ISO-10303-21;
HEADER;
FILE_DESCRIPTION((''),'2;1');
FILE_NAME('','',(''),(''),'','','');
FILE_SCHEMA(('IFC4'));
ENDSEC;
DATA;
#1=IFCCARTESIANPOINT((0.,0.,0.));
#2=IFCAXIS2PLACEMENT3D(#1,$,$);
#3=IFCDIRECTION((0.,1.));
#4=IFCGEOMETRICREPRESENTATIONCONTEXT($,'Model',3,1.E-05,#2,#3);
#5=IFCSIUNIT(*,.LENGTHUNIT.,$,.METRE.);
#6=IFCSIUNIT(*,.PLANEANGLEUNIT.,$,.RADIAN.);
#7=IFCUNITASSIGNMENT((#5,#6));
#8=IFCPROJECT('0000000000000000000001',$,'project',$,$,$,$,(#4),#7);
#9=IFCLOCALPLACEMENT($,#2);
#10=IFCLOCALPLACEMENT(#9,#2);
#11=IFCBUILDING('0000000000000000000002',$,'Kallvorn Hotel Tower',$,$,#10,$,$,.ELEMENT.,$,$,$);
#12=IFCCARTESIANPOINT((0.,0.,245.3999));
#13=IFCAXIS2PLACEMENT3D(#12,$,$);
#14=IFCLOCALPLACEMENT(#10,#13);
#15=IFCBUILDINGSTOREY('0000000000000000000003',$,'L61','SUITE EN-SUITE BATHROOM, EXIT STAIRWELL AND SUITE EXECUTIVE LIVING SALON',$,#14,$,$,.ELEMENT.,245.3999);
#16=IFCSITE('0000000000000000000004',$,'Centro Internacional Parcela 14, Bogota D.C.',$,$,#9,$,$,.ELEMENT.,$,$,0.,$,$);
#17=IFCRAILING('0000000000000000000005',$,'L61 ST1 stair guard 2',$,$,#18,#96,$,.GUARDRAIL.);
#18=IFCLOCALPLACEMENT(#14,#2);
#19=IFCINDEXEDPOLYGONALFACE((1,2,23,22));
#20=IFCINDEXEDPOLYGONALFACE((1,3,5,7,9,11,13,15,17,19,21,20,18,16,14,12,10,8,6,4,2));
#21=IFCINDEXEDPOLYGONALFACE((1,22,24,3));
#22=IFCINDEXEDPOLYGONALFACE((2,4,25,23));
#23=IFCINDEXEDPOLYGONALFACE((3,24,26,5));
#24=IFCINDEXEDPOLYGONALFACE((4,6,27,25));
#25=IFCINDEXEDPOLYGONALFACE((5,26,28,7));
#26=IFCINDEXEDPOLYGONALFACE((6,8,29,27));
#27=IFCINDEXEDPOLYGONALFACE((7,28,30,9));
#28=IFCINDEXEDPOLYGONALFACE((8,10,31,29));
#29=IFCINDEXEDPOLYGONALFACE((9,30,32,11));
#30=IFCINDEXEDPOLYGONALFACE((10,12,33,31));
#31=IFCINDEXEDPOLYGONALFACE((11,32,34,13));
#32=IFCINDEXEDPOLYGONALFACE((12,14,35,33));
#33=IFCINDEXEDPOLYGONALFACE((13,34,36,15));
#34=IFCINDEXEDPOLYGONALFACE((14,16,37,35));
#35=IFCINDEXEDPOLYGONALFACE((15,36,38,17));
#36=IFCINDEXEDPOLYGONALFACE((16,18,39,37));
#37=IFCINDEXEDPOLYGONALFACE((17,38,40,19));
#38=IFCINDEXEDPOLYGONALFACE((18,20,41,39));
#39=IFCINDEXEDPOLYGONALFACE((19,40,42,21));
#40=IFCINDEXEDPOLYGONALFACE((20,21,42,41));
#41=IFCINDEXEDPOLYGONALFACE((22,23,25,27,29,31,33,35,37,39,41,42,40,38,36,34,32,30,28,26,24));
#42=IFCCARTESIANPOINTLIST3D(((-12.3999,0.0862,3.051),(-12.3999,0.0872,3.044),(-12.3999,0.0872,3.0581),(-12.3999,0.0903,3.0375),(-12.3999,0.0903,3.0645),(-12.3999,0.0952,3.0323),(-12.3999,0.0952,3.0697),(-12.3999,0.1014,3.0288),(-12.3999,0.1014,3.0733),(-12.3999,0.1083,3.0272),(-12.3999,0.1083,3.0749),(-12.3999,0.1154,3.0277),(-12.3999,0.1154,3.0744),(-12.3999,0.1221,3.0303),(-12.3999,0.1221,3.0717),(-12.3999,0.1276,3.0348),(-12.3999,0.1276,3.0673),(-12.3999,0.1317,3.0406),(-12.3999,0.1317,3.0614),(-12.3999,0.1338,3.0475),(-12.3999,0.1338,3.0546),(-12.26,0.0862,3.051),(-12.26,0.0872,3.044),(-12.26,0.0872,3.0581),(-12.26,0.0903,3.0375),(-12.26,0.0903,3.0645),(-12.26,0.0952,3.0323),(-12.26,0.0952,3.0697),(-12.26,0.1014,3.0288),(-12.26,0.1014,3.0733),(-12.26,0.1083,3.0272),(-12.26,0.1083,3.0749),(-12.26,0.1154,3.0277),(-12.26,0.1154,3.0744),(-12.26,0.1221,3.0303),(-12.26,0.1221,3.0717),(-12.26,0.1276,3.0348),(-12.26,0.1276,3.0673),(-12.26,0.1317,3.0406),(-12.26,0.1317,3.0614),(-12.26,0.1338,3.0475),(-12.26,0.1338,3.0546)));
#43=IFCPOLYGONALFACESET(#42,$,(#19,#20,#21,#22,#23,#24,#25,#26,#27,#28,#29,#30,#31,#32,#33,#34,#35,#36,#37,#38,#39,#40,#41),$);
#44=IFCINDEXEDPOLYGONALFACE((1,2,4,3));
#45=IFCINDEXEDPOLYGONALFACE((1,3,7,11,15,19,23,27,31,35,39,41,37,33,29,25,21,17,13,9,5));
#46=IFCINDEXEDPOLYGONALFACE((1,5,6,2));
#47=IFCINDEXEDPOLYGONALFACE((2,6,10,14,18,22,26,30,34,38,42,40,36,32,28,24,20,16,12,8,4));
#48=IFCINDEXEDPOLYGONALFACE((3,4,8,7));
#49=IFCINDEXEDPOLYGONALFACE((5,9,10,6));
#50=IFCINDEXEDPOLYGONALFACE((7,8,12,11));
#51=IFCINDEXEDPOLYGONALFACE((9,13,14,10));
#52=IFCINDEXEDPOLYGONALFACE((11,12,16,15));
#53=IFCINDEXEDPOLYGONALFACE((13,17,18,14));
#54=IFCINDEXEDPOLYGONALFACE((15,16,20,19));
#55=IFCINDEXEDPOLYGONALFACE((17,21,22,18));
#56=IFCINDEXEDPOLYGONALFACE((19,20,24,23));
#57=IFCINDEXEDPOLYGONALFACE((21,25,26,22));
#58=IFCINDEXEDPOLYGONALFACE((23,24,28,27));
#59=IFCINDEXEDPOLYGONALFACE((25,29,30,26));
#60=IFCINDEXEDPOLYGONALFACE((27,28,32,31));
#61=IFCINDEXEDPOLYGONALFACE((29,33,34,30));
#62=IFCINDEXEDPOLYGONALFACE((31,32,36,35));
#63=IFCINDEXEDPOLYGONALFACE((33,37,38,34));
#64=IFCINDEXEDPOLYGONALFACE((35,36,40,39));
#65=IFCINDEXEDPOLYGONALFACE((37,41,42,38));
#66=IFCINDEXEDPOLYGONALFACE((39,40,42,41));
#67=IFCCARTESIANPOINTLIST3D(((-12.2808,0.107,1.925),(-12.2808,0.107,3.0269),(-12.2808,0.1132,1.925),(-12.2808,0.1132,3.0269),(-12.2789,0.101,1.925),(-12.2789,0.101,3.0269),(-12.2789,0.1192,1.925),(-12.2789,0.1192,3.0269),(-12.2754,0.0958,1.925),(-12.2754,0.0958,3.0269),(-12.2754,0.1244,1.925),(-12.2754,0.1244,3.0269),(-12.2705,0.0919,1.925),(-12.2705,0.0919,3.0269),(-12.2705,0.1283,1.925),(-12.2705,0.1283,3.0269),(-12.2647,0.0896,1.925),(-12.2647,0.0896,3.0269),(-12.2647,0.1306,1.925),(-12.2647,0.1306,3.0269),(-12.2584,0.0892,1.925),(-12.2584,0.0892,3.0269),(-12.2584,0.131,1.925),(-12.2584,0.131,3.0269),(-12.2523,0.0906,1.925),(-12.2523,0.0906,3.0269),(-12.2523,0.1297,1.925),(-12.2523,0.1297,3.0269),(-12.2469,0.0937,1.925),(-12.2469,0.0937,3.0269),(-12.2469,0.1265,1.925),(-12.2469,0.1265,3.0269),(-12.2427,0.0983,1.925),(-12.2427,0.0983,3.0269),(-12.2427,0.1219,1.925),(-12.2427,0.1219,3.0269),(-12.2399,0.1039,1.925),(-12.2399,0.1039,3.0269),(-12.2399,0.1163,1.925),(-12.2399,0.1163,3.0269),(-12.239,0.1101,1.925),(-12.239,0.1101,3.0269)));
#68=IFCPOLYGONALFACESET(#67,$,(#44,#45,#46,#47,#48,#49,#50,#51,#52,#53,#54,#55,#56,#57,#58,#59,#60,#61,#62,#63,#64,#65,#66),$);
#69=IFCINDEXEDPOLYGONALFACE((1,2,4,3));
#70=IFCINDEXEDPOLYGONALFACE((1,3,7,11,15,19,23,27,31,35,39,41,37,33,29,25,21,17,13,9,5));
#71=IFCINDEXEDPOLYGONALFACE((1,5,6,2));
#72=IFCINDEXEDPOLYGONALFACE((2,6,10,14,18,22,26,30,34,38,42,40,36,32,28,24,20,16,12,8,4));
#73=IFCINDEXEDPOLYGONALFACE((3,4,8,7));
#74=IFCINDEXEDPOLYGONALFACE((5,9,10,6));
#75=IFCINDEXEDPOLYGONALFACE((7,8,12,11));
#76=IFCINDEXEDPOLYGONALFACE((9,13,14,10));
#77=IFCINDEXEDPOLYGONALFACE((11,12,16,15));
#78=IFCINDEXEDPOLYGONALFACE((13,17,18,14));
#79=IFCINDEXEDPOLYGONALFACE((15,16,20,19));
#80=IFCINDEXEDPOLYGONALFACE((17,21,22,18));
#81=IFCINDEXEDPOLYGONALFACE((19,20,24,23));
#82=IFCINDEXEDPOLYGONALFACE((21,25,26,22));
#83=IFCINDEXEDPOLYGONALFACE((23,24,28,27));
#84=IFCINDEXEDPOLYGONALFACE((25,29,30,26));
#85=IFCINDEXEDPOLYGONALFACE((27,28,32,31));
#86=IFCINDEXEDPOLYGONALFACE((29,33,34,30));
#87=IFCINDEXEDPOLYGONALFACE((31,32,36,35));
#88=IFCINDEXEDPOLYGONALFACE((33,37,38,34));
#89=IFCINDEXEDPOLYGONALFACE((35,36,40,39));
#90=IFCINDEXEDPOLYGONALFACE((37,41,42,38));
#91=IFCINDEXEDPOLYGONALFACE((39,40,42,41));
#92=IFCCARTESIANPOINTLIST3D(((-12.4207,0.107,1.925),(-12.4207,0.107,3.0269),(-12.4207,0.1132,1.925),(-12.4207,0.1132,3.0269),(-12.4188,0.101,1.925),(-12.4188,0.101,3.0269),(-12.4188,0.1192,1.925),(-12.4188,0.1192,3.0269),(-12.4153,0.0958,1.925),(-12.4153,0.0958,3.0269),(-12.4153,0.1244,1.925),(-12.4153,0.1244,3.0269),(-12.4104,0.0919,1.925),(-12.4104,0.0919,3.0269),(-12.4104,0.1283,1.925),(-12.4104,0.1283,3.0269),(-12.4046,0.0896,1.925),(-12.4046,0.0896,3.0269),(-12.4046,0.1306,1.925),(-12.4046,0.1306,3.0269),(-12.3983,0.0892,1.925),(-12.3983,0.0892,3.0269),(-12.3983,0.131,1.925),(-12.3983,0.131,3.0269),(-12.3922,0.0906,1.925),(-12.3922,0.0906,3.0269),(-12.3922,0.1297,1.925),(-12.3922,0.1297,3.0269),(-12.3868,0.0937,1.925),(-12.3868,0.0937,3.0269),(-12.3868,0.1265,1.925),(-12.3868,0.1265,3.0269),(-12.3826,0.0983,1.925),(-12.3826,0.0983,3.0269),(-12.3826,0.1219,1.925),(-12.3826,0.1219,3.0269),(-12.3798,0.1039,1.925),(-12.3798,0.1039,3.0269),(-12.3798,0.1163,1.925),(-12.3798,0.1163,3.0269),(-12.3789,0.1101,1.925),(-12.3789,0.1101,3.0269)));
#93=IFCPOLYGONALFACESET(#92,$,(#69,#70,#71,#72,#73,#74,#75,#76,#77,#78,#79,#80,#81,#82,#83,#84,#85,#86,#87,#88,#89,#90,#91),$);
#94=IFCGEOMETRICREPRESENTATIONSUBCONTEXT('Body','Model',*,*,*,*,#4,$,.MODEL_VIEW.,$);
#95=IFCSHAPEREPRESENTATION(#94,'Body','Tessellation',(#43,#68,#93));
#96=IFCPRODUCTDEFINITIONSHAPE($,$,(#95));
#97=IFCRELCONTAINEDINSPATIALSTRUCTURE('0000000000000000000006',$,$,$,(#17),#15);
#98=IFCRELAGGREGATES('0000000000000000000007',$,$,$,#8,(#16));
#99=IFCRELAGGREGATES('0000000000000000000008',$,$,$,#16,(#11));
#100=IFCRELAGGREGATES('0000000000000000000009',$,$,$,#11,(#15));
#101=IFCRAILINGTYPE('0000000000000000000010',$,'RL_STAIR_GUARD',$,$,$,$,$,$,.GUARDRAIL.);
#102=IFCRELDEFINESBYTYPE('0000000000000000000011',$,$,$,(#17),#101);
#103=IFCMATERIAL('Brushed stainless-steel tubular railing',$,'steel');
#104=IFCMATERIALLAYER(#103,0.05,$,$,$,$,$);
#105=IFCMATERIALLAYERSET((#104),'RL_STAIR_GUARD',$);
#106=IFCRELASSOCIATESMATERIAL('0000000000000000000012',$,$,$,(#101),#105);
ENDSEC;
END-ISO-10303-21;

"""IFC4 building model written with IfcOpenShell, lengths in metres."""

from ifc_helpers import new_model, si_unit, direction, frame, origin, origin_2d, place, context, subcontext, project, spatial, circle, extrude, material, layer, layer_set, type_object, element, save


model = new_model("IFC4")

# Units and contexts
model_context = context("Model", 3, precision=1e-05, world=origin(), true_north=direction((0.0, 1.0)))
body_context = subcontext(model_context, "Body", "Model", "MODEL_VIEW")
ifc_project = project(units=[si_unit("LENGTHUNIT", "METRE"), si_unit("PLANEANGLEUNIT", "RADIAN")], contexts=[model_context])

# Site, building, storey
site_placement = place(None, origin())
site = spatial("IfcSite", under=ifc_project, at=site_placement, Name="Centro Internacional Parcela 14, Bogota D.C.", CompositionType="ELEMENT", RefElevation=0.0)
building_placement = place(site_placement, origin())
building = spatial("IfcBuilding", under=site, at=building_placement, Name="Kallvorn Hotel Tower", CompositionType="ELEMENT")
storey_placement = place(building_placement, frame((0.0, 0.0, 245.3999)))
storey = spatial("IfcBuildingStorey", under=building, at=storey_placement, Name="L61", Description="SUITE EN-SUITE BATHROOM, EXIT STAIRWELL AND SUITE EXECUTIVE LIVING SALON", CompositionType="ELEMENT", Elevation=245.3999)

# Railing
ifc_material_1 = material(Name="Brushed stainless-steel tubular railing", Category="steel")
ifc_layer_1 = layer(ifc_material_1, 0.05)
ifc_layer_set_1 = layer_set([ifc_layer_1], Name="RL_STAIR_GUARD")
railing_type_1 = type_object("IfcRailingType", Name="RL_STAIR_GUARD", PredefinedType="GUARDRAIL", material=ifc_layer_set_1)
railing_1_placement = place(storey_placement, frame((-12.26, 0.1101, 1.925)))
element("IfcRailing", 1, at=railing_1_placement, inside=storey, type_object=railing_type_1, Name="L61 ST1 stair guard 2", PredefinedType="GUARDRAIL", context=body_context, shape_type="SweptSolid", body=[
    extrude(circle(Radius=0.0239, at=origin_2d()), frame((0.0, 0.0, 1.126), z_axis=(-1.0, 0.0, 0.0), x_axis=(0.0, -1.0, 0.0)), (0.0, 0.0, 1.0), 0.1399),
    extrude(circle(Radius=0.021, at=origin_2d()), origin(), (0.0, 0.0, 1.0), 1.1018),
    extrude(circle(Radius=0.021, at=origin_2d()), frame((-0.1399, 0.0, 0.0)), (0.0, 0.0, 1.0), 1.1018),
])

save(model, "model.ifc")
